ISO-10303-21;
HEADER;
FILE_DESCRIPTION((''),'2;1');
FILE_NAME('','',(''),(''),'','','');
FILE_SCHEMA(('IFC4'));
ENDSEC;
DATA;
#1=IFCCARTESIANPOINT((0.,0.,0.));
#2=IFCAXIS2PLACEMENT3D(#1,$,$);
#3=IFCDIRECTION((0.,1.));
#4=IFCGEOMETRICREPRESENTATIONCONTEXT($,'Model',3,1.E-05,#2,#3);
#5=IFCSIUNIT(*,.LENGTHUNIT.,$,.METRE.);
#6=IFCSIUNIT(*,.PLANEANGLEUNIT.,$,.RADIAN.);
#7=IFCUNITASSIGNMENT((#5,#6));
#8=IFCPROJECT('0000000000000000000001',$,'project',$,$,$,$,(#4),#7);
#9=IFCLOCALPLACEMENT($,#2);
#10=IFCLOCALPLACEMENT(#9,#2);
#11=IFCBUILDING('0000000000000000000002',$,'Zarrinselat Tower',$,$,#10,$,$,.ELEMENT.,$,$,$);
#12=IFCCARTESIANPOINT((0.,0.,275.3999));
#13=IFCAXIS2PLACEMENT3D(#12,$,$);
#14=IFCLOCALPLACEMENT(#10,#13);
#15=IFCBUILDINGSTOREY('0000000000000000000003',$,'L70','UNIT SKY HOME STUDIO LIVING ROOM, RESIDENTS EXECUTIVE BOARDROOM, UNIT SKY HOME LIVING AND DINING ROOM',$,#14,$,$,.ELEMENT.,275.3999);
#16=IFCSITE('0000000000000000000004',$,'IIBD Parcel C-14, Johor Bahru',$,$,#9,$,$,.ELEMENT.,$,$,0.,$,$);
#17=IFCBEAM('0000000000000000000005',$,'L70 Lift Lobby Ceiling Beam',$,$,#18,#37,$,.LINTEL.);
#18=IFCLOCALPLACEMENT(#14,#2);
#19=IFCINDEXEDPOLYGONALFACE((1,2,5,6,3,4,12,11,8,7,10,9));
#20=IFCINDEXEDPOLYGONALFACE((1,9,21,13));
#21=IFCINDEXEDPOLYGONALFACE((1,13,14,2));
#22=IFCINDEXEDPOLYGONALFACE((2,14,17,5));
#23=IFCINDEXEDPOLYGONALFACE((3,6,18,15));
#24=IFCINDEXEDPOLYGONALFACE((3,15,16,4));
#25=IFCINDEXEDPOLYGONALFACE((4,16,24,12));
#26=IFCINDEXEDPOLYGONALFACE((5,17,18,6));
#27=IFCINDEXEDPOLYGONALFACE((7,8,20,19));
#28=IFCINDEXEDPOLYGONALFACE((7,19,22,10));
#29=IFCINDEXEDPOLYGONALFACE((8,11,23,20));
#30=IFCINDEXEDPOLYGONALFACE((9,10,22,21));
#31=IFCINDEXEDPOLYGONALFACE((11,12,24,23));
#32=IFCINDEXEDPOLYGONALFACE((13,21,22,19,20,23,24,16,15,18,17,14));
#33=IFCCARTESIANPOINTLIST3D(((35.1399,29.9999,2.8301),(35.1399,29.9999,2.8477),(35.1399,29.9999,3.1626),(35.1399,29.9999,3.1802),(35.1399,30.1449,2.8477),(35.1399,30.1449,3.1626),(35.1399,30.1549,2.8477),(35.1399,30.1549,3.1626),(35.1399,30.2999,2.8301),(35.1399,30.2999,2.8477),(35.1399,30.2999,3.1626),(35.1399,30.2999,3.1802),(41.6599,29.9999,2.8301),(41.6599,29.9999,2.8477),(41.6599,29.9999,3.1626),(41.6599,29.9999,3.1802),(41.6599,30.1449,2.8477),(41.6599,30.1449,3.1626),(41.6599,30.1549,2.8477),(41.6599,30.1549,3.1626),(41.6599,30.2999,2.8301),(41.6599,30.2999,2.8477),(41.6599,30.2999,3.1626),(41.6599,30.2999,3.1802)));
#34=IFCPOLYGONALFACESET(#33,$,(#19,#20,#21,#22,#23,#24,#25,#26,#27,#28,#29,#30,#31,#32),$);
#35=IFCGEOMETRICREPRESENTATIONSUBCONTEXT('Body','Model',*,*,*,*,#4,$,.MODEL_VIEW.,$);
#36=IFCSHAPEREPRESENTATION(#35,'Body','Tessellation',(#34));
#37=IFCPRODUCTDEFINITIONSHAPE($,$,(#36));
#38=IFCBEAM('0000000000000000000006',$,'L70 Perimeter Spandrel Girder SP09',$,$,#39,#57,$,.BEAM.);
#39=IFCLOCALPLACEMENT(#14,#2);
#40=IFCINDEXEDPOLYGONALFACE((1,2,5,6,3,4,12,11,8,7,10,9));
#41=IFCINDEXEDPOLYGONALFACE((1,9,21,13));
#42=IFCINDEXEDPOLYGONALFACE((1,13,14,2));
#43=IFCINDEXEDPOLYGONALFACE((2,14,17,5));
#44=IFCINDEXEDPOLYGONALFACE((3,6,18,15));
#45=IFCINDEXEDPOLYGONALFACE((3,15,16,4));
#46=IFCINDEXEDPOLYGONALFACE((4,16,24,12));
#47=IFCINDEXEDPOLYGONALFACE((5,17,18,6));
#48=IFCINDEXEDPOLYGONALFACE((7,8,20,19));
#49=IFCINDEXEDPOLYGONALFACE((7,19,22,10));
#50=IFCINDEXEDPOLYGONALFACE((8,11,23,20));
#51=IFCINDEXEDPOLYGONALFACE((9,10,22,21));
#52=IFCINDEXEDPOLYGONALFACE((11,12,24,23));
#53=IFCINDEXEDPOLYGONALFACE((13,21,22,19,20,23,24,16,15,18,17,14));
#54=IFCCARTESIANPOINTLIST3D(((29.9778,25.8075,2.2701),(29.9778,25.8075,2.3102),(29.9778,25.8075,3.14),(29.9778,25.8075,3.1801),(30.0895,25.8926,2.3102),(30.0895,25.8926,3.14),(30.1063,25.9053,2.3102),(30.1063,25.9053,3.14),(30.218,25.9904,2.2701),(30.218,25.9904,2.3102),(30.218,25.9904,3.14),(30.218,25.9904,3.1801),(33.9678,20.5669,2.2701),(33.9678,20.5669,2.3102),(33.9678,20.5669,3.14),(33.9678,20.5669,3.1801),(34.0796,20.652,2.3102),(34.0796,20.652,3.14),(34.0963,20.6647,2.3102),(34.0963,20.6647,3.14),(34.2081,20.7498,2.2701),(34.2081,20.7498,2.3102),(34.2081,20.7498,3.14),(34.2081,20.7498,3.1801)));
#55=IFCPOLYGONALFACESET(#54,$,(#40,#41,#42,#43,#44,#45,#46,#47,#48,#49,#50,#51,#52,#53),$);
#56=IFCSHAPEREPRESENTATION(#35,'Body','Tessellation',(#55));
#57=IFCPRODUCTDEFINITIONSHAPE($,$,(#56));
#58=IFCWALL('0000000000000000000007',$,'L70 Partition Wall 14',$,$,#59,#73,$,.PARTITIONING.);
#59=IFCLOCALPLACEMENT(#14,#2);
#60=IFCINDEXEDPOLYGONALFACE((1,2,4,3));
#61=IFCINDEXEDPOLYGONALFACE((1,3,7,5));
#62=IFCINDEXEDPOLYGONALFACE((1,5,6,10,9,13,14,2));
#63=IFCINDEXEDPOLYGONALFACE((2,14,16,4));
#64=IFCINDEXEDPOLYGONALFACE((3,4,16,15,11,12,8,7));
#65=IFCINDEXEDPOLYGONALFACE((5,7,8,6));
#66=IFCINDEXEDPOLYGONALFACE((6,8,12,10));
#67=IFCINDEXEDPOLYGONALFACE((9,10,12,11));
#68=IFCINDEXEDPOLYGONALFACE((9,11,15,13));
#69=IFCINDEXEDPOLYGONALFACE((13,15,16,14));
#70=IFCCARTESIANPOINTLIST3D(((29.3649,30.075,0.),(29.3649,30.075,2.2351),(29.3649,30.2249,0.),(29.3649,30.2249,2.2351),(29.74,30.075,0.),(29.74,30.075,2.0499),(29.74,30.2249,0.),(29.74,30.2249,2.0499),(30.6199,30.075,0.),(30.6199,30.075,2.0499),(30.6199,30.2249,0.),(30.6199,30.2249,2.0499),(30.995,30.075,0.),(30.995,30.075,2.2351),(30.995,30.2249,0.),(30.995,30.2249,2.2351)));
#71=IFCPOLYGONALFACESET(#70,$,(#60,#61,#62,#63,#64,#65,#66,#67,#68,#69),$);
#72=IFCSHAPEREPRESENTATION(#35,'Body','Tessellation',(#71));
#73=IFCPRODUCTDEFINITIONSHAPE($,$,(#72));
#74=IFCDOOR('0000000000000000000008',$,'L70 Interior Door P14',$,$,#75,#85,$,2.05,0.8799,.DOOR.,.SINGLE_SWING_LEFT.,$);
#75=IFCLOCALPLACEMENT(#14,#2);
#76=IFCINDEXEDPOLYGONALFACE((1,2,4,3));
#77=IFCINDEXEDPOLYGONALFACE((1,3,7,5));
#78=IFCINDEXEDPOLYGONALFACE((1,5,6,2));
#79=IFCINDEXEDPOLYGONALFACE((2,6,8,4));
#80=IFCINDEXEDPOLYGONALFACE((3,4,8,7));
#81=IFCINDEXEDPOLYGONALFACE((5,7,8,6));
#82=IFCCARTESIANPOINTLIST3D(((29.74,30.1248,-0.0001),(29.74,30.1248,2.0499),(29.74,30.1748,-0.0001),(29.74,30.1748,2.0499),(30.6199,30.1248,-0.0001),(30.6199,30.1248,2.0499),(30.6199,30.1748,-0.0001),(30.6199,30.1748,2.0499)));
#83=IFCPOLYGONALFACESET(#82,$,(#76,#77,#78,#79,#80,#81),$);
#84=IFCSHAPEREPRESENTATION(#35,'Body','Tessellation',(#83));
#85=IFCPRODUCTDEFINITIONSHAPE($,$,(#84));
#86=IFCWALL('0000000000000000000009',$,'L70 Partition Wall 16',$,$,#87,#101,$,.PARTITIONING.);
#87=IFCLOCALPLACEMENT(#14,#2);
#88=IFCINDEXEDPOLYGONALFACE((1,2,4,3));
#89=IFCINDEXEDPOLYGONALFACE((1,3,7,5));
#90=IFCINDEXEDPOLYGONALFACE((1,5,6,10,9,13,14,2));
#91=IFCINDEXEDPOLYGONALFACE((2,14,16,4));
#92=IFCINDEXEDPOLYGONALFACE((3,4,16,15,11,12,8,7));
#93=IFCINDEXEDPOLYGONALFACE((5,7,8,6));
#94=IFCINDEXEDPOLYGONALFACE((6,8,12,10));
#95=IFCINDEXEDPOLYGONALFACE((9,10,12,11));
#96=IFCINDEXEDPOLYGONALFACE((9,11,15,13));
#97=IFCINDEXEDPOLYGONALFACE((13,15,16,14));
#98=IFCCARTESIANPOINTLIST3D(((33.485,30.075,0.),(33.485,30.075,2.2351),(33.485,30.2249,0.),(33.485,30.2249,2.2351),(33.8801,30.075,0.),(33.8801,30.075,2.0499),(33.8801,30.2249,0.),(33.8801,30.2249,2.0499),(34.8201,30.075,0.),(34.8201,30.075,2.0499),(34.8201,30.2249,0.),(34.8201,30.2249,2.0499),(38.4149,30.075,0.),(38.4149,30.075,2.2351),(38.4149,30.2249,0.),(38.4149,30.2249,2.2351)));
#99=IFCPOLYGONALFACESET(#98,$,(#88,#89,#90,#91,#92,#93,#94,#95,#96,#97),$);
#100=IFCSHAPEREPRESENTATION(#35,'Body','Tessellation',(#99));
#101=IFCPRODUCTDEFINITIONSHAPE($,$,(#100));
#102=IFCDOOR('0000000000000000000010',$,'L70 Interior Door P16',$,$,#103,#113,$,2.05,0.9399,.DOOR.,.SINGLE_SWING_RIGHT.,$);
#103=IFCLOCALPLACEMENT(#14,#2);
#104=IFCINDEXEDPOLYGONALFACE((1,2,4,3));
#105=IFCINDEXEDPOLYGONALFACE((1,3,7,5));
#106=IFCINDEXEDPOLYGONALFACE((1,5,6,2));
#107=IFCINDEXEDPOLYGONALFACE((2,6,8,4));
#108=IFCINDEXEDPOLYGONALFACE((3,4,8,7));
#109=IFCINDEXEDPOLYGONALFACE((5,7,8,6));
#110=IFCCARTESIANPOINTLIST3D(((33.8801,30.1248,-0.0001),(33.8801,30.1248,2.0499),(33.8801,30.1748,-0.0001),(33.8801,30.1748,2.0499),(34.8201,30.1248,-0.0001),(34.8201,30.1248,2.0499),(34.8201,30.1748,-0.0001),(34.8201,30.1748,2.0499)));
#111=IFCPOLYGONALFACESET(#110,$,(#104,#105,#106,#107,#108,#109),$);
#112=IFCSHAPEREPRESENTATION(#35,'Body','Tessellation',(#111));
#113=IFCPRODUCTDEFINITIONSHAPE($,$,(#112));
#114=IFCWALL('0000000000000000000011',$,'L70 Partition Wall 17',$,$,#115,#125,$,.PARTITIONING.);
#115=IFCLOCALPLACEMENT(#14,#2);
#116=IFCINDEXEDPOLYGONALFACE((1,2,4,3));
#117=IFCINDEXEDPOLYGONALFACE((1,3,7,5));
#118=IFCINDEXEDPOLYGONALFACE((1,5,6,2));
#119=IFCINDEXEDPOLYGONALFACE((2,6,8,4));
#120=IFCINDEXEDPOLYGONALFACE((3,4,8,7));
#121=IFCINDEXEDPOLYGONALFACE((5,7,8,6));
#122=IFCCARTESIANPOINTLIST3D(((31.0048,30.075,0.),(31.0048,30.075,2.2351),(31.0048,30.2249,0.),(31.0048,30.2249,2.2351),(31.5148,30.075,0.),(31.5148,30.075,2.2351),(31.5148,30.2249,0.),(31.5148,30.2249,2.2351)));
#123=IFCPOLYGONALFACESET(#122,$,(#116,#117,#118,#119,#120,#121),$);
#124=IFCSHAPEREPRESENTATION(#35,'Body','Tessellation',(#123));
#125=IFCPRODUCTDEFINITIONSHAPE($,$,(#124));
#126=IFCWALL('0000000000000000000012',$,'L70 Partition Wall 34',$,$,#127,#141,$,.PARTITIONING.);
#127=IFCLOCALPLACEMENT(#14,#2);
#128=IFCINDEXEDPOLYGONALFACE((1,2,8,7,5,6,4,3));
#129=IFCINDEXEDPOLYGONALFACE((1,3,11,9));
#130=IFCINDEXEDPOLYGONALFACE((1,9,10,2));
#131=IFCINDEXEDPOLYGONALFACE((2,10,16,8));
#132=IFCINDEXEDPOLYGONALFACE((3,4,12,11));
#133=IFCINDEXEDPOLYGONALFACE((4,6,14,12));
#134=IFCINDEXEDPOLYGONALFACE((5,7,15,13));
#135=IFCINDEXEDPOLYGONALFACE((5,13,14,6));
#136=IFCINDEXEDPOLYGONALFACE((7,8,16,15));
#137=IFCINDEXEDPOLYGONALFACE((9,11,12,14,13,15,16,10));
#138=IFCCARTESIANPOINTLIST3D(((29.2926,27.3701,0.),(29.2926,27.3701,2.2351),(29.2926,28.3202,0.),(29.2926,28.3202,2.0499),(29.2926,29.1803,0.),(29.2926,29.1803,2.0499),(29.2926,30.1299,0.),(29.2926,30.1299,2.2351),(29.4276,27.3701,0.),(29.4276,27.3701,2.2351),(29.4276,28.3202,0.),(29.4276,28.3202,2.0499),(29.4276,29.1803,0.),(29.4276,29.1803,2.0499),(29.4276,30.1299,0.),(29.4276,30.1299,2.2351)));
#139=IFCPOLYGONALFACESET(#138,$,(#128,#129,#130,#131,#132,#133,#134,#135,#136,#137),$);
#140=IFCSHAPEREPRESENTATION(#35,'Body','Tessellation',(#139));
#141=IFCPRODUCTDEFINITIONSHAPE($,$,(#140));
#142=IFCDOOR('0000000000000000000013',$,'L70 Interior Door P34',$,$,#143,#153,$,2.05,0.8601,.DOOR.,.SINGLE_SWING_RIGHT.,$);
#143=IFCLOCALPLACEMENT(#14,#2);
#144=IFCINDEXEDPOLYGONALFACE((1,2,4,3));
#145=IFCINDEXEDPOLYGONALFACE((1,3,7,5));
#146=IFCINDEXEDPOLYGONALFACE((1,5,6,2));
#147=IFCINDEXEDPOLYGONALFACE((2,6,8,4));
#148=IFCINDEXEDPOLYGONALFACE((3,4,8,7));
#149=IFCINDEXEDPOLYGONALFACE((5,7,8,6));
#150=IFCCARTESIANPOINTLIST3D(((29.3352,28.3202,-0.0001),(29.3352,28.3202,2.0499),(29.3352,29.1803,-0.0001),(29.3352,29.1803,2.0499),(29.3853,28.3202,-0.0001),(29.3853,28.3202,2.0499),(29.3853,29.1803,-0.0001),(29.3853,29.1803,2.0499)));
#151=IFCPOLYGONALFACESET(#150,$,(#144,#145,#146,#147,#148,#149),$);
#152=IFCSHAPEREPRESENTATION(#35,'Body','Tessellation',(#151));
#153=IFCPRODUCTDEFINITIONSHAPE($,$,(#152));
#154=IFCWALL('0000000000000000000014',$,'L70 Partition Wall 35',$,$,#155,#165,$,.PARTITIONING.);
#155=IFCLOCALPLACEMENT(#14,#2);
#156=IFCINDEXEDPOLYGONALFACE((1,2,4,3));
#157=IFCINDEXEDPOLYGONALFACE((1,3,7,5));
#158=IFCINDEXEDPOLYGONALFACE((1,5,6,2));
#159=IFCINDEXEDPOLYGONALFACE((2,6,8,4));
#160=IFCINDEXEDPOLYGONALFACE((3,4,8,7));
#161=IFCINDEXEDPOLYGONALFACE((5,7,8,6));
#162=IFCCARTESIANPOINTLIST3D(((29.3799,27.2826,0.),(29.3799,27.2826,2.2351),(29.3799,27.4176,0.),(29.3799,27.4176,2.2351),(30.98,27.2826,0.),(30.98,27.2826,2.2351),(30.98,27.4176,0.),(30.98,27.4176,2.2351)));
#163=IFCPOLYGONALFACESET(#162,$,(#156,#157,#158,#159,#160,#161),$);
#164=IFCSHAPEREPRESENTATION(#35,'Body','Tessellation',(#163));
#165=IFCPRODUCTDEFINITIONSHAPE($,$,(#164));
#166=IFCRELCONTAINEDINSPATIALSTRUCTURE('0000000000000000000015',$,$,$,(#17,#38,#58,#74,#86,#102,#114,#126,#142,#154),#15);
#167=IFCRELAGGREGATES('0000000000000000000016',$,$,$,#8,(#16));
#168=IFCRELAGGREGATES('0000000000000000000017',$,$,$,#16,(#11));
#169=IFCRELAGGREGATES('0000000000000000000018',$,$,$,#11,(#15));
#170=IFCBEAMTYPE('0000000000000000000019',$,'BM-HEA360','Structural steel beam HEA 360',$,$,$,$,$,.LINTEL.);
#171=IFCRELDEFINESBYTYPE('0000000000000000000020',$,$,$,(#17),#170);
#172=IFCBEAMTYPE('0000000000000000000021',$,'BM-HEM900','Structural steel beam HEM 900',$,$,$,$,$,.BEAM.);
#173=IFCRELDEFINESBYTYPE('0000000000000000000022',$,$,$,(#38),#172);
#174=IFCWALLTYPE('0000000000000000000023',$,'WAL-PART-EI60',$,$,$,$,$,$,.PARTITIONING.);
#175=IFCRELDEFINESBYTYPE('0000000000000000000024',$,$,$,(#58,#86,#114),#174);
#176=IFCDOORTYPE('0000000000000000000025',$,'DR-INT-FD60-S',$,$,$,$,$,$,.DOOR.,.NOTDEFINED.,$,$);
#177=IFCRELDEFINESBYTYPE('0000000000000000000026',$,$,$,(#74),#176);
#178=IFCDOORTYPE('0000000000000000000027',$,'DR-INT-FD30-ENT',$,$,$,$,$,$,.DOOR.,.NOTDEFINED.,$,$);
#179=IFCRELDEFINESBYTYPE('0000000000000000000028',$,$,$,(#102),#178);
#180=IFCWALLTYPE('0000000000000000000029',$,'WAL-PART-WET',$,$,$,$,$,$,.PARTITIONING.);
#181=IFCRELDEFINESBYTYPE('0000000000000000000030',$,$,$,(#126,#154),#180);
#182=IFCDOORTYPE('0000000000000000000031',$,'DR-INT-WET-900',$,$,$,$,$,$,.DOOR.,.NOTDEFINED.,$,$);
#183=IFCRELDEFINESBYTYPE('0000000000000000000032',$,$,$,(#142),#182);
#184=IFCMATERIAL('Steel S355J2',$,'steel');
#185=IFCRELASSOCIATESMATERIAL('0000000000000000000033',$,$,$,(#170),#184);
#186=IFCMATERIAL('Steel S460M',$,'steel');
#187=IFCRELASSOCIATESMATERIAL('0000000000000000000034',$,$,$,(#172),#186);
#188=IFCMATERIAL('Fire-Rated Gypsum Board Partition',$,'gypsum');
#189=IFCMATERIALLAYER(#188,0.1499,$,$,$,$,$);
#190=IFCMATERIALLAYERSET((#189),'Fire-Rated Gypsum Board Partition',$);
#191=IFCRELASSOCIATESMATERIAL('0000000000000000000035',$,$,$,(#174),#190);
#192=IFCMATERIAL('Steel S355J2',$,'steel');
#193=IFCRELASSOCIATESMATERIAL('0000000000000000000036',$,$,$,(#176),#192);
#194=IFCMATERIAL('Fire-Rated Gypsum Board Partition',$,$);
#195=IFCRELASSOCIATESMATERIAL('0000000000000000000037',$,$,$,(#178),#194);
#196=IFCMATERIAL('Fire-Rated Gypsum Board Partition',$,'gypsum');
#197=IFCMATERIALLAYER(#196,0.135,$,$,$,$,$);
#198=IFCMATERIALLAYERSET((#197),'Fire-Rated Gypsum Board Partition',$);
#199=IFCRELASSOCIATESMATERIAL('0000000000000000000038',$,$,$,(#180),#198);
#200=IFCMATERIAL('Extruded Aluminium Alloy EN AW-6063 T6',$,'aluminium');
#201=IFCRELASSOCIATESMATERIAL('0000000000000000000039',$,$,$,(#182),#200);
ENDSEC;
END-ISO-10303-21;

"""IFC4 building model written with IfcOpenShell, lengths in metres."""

from ifc_helpers import new_model, si_unit, direction, frame, frame_2d, origin, origin_2d, place, context, subcontext, project, spatial, rectangle, i_section, extrude, material, layer, layer_set, material_profile, profile_set, type_object, element, fill, save


model = new_model("IFC4")

# Units and contexts
model_context = context("Model", 3, precision=1e-05, world=origin(), true_north=direction((0.0, 1.0)))
body_context = subcontext(model_context, "Body", "Model", "MODEL_VIEW")
ifc_project = project(units=[si_unit("LENGTHUNIT", "METRE"), si_unit("PLANEANGLEUNIT", "RADIAN")], contexts=[model_context])

# Site, building, storey
site_placement = place(None, origin())
site = spatial("IfcSite", under=ifc_project, at=site_placement, Name="IIBD Parcel C-14, Johor Bahru", CompositionType="ELEMENT", RefElevation=0.0)
building_placement = place(site_placement, origin())
building = spatial("IfcBuilding", under=site, at=building_placement, Name="Zarrinselat Tower", CompositionType="ELEMENT")
storey_placement = place(building_placement, frame((0.0, 0.0, 275.3999)))
storey = spatial("IfcBuildingStorey", under=building, at=storey_placement, Name="L70", Description="UNIT SKY HOME STUDIO LIVING ROOM, RESIDENTS EXECUTIVE BOARDROOM, UNIT SKY HOME LIVING AND DINING ROOM", CompositionType="ELEMENT", Elevation=275.3999)

# Beams
ifc_material_1 = material(Name="Steel S355J2", Category="steel")
ifc_material_profile_1 = material_profile(ifc_material_1, i_section(OverallWidth=0.3, OverallDepth=0.3501, WebThickness=0.01, FlangeThickness=0.0176, at=origin_2d()), Name="HEA 360")
ifc_profile_set_1 = profile_set([ifc_material_profile_1], Name="Steel S355J2")
beam_type_1 = type_object("IfcBeamType", Name="BM-HEA360", Description="Structural steel beam HEA 360", PredefinedType="LINTEL", material=ifc_profile_set_1)
beam_1_placement = place(storey_placement, frame((35.1399, 30.1499, 3.0051), z_axis=(1.0, 0.0, 0.0), x_axis=(0.0, 1.0, 0.0)))
element("IfcBeam", 1, at=beam_1_placement, inside=storey, type_object=beam_type_1, Name="L70 Lift Lobby Ceiling Beam", PredefinedType="LINTEL", context=body_context, shape_type="SweptSolid", body=[
    extrude(i_section(OverallWidth=0.3, OverallDepth=0.3501, WebThickness=0.01, FlangeThickness=0.0176, at=origin_2d()), origin(), (0.0, 0.0, 1.0), 6.52),
])
ifc_material_2 = material(Name="Steel S460M", Category="steel")
ifc_material_profile_2 = material_profile(ifc_material_2, i_section(OverallWidth=0.302, OverallDepth=0.9099, WebThickness=0.021, FlangeThickness=0.04, at=origin_2d()), Name="HEM 900")
ifc_profile_set_2 = profile_set([ifc_material_profile_2], Name="Steel S460M")
beam_type_2 = type_object("IfcBeamType", Name="BM-HEM900", Description="Structural steel beam HEM 900", PredefinedType="BEAM", material=ifc_profile_set_2)
beam_2_placement = place(storey_placement, frame((30.0979, 25.8989, 2.7251), z_axis=(0.605779, -0.795633, 0.0), x_axis=(0.795633, 0.605779, 0.0)))
element("IfcBeam", 2, at=beam_2_placement, inside=storey, type_object=beam_type_2, Name="L70 Perimeter Spandrel Girder SP09", PredefinedType="BEAM", context=body_context, shape_type="SweptSolid", body=[
    extrude(i_section(OverallWidth=0.302, OverallDepth=0.9099, WebThickness=0.021, FlangeThickness=0.04, at=origin_2d()), origin(), (0.0, 0.0, 1.0), 6.5867),
])

# Walls, openings, doors
ifc_material_3 = material(Name="Fire-Rated Gypsum Board Partition", Category="gypsum")
ifc_layer_1 = layer(ifc_material_3, 0.1499)
ifc_layer_set_1 = layer_set([ifc_layer_1], Name="Fire-Rated Gypsum Board Partition")
wall_type_1 = type_object("IfcWallType", Name="WAL-PART-EI60", PredefinedType="PARTITIONING", material=ifc_layer_set_1)
wall_1_placement = place(storey_placement, frame((29.365, 30.1499, 0.0), z_axis=(0.0, 0.0, 1.0), x_axis=(1.0, 0.0, 0.0)))
wall_1 = element("IfcWall", 3, at=wall_1_placement, inside=storey, type_object=wall_type_1, Name="L70 Partition Wall 14", PredefinedType="PARTITIONING", context=body_context, shape_type="SweptSolid", body=[
    extrude(rectangle(XDim=1.6301, YDim=0.1499, at=frame_2d((0.8149, 0.0))), origin(), (0.0, 0.0, 1.0), 2.2351),
])
opening_1_placement = place(wall_1_placement, frame((0.375, 0.0, 0.0)))
opening_1 = element("IfcOpeningElement", 4, at=opening_1_placement, cuts=wall_1, PredefinedType="OPENING", context=body_context, shape_type="SweptSolid", body=[
    extrude(rectangle(XDim=0.8799, YDim=2.05, at=frame_2d((0.4399, 1.0249))), frame((0.0, 0.085, 0.0), z_axis=(0.0, -1.0, 0.0), x_axis=(1.0, 0.0, 0.0)), (0.0, 0.0, 1.0), 0.1699),
])
ifc_material_4 = material(Name="Steel S355J2", Category="steel")
door_type_1 = type_object("IfcDoorType", Name="DR-INT-FD60-S", OperationType="NOTDEFINED", PredefinedType="DOOR", material=ifc_material_4)
door_1_placement = place(opening_1_placement, origin())
door_1 = element("IfcDoor", 5, at=door_1_placement, inside=storey, type_object=door_type_1, Name="L70 Interior Door P14", OperationType="SINGLE_SWING_LEFT", OverallHeight=2.05, OverallWidth=0.8799, PredefinedType="DOOR", context=body_context, shape_type="SweptSolid", body=[
    extrude(rectangle(XDim=0.8799, YDim=2.05, at=frame_2d((0.4399, 1.0249))), frame((0.0, 0.0249, 0.0), z_axis=(0.0, -1.0, 0.0), x_axis=(1.0, 0.0, 0.0)), (0.0, 0.0, 1.0), 0.05),
])
fill(opening_1, door_1)
wall_2_placement = place(storey_placement, frame((33.4851, 30.1499, 0.0), z_axis=(0.0, 0.0, 1.0), x_axis=(1.0, 0.0, 0.0)))
wall_2 = element("IfcWall", 6, at=wall_2_placement, inside=storey, type_object=wall_type_1, Name="L70 Partition Wall 16", PredefinedType="PARTITIONING", context=body_context, shape_type="SweptSolid", body=[
    extrude(rectangle(XDim=4.9299, YDim=0.1499, at=frame_2d((2.4648, 0.0))), origin(), (0.0, 0.0, 1.0), 2.2351),
])
opening_2_placement = place(wall_2_placement, frame((0.395, 0.0, 0.0)))
opening_2 = element("IfcOpeningElement", 7, at=opening_2_placement, cuts=wall_2, PredefinedType="OPENING", context=body_context, shape_type="SweptSolid", body=[
    extrude(rectangle(XDim=0.9399, YDim=2.05, at=frame_2d((0.47, 1.0249))), frame((0.0, 0.085, 0.0), z_axis=(0.0, -1.0, 0.0), x_axis=(1.0, 0.0, 0.0)), (0.0, 0.0, 1.0), 0.1699),
])
ifc_material_5 = material(Name="Fire-Rated Gypsum Board Partition")
door_type_2 = type_object("IfcDoorType", Name="DR-INT-FD30-ENT", OperationType="NOTDEFINED", PredefinedType="DOOR", material=ifc_material_5)
door_2_placement = place(opening_2_placement, origin())
door_2 = element("IfcDoor", 8, at=door_2_placement, inside=storey, type_object=door_type_2, Name="L70 Interior Door P16", OperationType="SINGLE_SWING_RIGHT", OverallHeight=2.05, OverallWidth=0.9399, PredefinedType="DOOR", context=body_context, shape_type="SweptSolid", body=[
    extrude(rectangle(XDim=0.9399, YDim=2.05, at=frame_2d((0.47, 1.0249))), frame((0.0, 0.0249, 0.0), z_axis=(0.0, -1.0, 0.0), x_axis=(1.0, 0.0, 0.0)), (0.0, 0.0, 1.0), 0.05),
])
fill(opening_2, door_2)

# Wall
wall_3_placement = place(storey_placement, frame((31.0049, 30.1499, 0.0), z_axis=(0.0, 0.0, 1.0), x_axis=(1.0, 0.0, 0.0)))
element("IfcWall", 9, at=wall_3_placement, inside=storey, type_object=wall_type_1, Name="L70 Partition Wall 17", PredefinedType="PARTITIONING", context=body_context, shape_type="SweptSolid", body=[
    extrude(rectangle(XDim=0.51, YDim=0.1499, at=frame_2d((0.2549, 0.0))), origin(), (0.0, 0.0, 1.0), 2.2351),
])

# Wall, opening, door
ifc_material_6 = material(Name="Fire-Rated Gypsum Board Partition", Category="gypsum")
ifc_layer_2 = layer(ifc_material_6, 0.135)
ifc_layer_set_2 = layer_set([ifc_layer_2], Name="Fire-Rated Gypsum Board Partition")
wall_type_2 = type_object("IfcWallType", Name="WAL-PART-WET", PredefinedType="PARTITIONING", material=ifc_layer_set_2)
wall_4_placement = place(storey_placement, frame((29.3601, 27.3701, 0.0), z_axis=(0.0, 0.0, 1.0), x_axis=(0.0, 1.0, 0.0)))
wall_4 = element("IfcWall", 10, at=wall_4_placement, inside=storey, type_object=wall_type_2, Name="L70 Partition Wall 34", PredefinedType="PARTITIONING", context=body_context, shape_type="SweptSolid", body=[
    extrude(rectangle(XDim=2.7598, YDim=0.135, at=frame_2d((1.3799, 0.0))), origin(), (0.0, 0.0, 1.0), 2.2351),
])
opening_3_placement = place(wall_4_placement, frame((0.95, 0.0, 0.0)))
opening_3 = element("IfcOpeningElement", 11, at=opening_3_placement, cuts=wall_4, PredefinedType="OPENING", context=body_context, shape_type="SweptSolid", body=[
    extrude(rectangle(XDim=0.8601, YDim=2.05, at=frame_2d((0.4302, 1.0249))), frame((0.0, 0.0774, 0.0), z_axis=(0.0, -1.0, 0.0), x_axis=(1.0, 0.0, 0.0)), (0.0, 0.0, 1.0), 0.155),
])
ifc_material_7 = material(Name="Extruded Aluminium Alloy EN AW-6063 T6", Category="aluminium")
door_type_3 = type_object("IfcDoorType", Name="DR-INT-WET-900", OperationType="NOTDEFINED", PredefinedType="DOOR", material=ifc_material_7)
door_3_placement = place(opening_3_placement, origin())
door_3 = element("IfcDoor", 12, at=door_3_placement, inside=storey, type_object=door_type_3, Name="L70 Interior Door P34", OperationType="SINGLE_SWING_RIGHT", OverallHeight=2.05, OverallWidth=0.8601, PredefinedType="DOOR", context=body_context, shape_type="SweptSolid", body=[
    extrude(rectangle(XDim=0.8601, YDim=2.05, at=frame_2d((0.4302, 1.0249))), frame((0.0, 0.0249, 0.0), z_axis=(0.0, -1.0, 0.0), x_axis=(1.0, 0.0, 0.0)), (0.0, 0.0, 1.0), 0.05),
])
fill(opening_3, door_3)

# Wall
wall_5_placement = place(storey_placement, frame((29.3799, 27.3501, 0.0), z_axis=(0.0, 0.0, 1.0), x_axis=(1.0, 0.0, 0.0)))
element("IfcWall", 13, at=wall_5_placement, inside=storey, type_object=wall_type_2, Name="L70 Partition Wall 35", PredefinedType="PARTITIONING", context=body_context, shape_type="SweptSolid", body=[
    extrude(rectangle(XDim=1.6001, YDim=0.135, at=frame_2d((0.8, 0.0))), origin(), (0.0, 0.0, 1.0), 2.2351),
])

save(model, "model.ifc")
